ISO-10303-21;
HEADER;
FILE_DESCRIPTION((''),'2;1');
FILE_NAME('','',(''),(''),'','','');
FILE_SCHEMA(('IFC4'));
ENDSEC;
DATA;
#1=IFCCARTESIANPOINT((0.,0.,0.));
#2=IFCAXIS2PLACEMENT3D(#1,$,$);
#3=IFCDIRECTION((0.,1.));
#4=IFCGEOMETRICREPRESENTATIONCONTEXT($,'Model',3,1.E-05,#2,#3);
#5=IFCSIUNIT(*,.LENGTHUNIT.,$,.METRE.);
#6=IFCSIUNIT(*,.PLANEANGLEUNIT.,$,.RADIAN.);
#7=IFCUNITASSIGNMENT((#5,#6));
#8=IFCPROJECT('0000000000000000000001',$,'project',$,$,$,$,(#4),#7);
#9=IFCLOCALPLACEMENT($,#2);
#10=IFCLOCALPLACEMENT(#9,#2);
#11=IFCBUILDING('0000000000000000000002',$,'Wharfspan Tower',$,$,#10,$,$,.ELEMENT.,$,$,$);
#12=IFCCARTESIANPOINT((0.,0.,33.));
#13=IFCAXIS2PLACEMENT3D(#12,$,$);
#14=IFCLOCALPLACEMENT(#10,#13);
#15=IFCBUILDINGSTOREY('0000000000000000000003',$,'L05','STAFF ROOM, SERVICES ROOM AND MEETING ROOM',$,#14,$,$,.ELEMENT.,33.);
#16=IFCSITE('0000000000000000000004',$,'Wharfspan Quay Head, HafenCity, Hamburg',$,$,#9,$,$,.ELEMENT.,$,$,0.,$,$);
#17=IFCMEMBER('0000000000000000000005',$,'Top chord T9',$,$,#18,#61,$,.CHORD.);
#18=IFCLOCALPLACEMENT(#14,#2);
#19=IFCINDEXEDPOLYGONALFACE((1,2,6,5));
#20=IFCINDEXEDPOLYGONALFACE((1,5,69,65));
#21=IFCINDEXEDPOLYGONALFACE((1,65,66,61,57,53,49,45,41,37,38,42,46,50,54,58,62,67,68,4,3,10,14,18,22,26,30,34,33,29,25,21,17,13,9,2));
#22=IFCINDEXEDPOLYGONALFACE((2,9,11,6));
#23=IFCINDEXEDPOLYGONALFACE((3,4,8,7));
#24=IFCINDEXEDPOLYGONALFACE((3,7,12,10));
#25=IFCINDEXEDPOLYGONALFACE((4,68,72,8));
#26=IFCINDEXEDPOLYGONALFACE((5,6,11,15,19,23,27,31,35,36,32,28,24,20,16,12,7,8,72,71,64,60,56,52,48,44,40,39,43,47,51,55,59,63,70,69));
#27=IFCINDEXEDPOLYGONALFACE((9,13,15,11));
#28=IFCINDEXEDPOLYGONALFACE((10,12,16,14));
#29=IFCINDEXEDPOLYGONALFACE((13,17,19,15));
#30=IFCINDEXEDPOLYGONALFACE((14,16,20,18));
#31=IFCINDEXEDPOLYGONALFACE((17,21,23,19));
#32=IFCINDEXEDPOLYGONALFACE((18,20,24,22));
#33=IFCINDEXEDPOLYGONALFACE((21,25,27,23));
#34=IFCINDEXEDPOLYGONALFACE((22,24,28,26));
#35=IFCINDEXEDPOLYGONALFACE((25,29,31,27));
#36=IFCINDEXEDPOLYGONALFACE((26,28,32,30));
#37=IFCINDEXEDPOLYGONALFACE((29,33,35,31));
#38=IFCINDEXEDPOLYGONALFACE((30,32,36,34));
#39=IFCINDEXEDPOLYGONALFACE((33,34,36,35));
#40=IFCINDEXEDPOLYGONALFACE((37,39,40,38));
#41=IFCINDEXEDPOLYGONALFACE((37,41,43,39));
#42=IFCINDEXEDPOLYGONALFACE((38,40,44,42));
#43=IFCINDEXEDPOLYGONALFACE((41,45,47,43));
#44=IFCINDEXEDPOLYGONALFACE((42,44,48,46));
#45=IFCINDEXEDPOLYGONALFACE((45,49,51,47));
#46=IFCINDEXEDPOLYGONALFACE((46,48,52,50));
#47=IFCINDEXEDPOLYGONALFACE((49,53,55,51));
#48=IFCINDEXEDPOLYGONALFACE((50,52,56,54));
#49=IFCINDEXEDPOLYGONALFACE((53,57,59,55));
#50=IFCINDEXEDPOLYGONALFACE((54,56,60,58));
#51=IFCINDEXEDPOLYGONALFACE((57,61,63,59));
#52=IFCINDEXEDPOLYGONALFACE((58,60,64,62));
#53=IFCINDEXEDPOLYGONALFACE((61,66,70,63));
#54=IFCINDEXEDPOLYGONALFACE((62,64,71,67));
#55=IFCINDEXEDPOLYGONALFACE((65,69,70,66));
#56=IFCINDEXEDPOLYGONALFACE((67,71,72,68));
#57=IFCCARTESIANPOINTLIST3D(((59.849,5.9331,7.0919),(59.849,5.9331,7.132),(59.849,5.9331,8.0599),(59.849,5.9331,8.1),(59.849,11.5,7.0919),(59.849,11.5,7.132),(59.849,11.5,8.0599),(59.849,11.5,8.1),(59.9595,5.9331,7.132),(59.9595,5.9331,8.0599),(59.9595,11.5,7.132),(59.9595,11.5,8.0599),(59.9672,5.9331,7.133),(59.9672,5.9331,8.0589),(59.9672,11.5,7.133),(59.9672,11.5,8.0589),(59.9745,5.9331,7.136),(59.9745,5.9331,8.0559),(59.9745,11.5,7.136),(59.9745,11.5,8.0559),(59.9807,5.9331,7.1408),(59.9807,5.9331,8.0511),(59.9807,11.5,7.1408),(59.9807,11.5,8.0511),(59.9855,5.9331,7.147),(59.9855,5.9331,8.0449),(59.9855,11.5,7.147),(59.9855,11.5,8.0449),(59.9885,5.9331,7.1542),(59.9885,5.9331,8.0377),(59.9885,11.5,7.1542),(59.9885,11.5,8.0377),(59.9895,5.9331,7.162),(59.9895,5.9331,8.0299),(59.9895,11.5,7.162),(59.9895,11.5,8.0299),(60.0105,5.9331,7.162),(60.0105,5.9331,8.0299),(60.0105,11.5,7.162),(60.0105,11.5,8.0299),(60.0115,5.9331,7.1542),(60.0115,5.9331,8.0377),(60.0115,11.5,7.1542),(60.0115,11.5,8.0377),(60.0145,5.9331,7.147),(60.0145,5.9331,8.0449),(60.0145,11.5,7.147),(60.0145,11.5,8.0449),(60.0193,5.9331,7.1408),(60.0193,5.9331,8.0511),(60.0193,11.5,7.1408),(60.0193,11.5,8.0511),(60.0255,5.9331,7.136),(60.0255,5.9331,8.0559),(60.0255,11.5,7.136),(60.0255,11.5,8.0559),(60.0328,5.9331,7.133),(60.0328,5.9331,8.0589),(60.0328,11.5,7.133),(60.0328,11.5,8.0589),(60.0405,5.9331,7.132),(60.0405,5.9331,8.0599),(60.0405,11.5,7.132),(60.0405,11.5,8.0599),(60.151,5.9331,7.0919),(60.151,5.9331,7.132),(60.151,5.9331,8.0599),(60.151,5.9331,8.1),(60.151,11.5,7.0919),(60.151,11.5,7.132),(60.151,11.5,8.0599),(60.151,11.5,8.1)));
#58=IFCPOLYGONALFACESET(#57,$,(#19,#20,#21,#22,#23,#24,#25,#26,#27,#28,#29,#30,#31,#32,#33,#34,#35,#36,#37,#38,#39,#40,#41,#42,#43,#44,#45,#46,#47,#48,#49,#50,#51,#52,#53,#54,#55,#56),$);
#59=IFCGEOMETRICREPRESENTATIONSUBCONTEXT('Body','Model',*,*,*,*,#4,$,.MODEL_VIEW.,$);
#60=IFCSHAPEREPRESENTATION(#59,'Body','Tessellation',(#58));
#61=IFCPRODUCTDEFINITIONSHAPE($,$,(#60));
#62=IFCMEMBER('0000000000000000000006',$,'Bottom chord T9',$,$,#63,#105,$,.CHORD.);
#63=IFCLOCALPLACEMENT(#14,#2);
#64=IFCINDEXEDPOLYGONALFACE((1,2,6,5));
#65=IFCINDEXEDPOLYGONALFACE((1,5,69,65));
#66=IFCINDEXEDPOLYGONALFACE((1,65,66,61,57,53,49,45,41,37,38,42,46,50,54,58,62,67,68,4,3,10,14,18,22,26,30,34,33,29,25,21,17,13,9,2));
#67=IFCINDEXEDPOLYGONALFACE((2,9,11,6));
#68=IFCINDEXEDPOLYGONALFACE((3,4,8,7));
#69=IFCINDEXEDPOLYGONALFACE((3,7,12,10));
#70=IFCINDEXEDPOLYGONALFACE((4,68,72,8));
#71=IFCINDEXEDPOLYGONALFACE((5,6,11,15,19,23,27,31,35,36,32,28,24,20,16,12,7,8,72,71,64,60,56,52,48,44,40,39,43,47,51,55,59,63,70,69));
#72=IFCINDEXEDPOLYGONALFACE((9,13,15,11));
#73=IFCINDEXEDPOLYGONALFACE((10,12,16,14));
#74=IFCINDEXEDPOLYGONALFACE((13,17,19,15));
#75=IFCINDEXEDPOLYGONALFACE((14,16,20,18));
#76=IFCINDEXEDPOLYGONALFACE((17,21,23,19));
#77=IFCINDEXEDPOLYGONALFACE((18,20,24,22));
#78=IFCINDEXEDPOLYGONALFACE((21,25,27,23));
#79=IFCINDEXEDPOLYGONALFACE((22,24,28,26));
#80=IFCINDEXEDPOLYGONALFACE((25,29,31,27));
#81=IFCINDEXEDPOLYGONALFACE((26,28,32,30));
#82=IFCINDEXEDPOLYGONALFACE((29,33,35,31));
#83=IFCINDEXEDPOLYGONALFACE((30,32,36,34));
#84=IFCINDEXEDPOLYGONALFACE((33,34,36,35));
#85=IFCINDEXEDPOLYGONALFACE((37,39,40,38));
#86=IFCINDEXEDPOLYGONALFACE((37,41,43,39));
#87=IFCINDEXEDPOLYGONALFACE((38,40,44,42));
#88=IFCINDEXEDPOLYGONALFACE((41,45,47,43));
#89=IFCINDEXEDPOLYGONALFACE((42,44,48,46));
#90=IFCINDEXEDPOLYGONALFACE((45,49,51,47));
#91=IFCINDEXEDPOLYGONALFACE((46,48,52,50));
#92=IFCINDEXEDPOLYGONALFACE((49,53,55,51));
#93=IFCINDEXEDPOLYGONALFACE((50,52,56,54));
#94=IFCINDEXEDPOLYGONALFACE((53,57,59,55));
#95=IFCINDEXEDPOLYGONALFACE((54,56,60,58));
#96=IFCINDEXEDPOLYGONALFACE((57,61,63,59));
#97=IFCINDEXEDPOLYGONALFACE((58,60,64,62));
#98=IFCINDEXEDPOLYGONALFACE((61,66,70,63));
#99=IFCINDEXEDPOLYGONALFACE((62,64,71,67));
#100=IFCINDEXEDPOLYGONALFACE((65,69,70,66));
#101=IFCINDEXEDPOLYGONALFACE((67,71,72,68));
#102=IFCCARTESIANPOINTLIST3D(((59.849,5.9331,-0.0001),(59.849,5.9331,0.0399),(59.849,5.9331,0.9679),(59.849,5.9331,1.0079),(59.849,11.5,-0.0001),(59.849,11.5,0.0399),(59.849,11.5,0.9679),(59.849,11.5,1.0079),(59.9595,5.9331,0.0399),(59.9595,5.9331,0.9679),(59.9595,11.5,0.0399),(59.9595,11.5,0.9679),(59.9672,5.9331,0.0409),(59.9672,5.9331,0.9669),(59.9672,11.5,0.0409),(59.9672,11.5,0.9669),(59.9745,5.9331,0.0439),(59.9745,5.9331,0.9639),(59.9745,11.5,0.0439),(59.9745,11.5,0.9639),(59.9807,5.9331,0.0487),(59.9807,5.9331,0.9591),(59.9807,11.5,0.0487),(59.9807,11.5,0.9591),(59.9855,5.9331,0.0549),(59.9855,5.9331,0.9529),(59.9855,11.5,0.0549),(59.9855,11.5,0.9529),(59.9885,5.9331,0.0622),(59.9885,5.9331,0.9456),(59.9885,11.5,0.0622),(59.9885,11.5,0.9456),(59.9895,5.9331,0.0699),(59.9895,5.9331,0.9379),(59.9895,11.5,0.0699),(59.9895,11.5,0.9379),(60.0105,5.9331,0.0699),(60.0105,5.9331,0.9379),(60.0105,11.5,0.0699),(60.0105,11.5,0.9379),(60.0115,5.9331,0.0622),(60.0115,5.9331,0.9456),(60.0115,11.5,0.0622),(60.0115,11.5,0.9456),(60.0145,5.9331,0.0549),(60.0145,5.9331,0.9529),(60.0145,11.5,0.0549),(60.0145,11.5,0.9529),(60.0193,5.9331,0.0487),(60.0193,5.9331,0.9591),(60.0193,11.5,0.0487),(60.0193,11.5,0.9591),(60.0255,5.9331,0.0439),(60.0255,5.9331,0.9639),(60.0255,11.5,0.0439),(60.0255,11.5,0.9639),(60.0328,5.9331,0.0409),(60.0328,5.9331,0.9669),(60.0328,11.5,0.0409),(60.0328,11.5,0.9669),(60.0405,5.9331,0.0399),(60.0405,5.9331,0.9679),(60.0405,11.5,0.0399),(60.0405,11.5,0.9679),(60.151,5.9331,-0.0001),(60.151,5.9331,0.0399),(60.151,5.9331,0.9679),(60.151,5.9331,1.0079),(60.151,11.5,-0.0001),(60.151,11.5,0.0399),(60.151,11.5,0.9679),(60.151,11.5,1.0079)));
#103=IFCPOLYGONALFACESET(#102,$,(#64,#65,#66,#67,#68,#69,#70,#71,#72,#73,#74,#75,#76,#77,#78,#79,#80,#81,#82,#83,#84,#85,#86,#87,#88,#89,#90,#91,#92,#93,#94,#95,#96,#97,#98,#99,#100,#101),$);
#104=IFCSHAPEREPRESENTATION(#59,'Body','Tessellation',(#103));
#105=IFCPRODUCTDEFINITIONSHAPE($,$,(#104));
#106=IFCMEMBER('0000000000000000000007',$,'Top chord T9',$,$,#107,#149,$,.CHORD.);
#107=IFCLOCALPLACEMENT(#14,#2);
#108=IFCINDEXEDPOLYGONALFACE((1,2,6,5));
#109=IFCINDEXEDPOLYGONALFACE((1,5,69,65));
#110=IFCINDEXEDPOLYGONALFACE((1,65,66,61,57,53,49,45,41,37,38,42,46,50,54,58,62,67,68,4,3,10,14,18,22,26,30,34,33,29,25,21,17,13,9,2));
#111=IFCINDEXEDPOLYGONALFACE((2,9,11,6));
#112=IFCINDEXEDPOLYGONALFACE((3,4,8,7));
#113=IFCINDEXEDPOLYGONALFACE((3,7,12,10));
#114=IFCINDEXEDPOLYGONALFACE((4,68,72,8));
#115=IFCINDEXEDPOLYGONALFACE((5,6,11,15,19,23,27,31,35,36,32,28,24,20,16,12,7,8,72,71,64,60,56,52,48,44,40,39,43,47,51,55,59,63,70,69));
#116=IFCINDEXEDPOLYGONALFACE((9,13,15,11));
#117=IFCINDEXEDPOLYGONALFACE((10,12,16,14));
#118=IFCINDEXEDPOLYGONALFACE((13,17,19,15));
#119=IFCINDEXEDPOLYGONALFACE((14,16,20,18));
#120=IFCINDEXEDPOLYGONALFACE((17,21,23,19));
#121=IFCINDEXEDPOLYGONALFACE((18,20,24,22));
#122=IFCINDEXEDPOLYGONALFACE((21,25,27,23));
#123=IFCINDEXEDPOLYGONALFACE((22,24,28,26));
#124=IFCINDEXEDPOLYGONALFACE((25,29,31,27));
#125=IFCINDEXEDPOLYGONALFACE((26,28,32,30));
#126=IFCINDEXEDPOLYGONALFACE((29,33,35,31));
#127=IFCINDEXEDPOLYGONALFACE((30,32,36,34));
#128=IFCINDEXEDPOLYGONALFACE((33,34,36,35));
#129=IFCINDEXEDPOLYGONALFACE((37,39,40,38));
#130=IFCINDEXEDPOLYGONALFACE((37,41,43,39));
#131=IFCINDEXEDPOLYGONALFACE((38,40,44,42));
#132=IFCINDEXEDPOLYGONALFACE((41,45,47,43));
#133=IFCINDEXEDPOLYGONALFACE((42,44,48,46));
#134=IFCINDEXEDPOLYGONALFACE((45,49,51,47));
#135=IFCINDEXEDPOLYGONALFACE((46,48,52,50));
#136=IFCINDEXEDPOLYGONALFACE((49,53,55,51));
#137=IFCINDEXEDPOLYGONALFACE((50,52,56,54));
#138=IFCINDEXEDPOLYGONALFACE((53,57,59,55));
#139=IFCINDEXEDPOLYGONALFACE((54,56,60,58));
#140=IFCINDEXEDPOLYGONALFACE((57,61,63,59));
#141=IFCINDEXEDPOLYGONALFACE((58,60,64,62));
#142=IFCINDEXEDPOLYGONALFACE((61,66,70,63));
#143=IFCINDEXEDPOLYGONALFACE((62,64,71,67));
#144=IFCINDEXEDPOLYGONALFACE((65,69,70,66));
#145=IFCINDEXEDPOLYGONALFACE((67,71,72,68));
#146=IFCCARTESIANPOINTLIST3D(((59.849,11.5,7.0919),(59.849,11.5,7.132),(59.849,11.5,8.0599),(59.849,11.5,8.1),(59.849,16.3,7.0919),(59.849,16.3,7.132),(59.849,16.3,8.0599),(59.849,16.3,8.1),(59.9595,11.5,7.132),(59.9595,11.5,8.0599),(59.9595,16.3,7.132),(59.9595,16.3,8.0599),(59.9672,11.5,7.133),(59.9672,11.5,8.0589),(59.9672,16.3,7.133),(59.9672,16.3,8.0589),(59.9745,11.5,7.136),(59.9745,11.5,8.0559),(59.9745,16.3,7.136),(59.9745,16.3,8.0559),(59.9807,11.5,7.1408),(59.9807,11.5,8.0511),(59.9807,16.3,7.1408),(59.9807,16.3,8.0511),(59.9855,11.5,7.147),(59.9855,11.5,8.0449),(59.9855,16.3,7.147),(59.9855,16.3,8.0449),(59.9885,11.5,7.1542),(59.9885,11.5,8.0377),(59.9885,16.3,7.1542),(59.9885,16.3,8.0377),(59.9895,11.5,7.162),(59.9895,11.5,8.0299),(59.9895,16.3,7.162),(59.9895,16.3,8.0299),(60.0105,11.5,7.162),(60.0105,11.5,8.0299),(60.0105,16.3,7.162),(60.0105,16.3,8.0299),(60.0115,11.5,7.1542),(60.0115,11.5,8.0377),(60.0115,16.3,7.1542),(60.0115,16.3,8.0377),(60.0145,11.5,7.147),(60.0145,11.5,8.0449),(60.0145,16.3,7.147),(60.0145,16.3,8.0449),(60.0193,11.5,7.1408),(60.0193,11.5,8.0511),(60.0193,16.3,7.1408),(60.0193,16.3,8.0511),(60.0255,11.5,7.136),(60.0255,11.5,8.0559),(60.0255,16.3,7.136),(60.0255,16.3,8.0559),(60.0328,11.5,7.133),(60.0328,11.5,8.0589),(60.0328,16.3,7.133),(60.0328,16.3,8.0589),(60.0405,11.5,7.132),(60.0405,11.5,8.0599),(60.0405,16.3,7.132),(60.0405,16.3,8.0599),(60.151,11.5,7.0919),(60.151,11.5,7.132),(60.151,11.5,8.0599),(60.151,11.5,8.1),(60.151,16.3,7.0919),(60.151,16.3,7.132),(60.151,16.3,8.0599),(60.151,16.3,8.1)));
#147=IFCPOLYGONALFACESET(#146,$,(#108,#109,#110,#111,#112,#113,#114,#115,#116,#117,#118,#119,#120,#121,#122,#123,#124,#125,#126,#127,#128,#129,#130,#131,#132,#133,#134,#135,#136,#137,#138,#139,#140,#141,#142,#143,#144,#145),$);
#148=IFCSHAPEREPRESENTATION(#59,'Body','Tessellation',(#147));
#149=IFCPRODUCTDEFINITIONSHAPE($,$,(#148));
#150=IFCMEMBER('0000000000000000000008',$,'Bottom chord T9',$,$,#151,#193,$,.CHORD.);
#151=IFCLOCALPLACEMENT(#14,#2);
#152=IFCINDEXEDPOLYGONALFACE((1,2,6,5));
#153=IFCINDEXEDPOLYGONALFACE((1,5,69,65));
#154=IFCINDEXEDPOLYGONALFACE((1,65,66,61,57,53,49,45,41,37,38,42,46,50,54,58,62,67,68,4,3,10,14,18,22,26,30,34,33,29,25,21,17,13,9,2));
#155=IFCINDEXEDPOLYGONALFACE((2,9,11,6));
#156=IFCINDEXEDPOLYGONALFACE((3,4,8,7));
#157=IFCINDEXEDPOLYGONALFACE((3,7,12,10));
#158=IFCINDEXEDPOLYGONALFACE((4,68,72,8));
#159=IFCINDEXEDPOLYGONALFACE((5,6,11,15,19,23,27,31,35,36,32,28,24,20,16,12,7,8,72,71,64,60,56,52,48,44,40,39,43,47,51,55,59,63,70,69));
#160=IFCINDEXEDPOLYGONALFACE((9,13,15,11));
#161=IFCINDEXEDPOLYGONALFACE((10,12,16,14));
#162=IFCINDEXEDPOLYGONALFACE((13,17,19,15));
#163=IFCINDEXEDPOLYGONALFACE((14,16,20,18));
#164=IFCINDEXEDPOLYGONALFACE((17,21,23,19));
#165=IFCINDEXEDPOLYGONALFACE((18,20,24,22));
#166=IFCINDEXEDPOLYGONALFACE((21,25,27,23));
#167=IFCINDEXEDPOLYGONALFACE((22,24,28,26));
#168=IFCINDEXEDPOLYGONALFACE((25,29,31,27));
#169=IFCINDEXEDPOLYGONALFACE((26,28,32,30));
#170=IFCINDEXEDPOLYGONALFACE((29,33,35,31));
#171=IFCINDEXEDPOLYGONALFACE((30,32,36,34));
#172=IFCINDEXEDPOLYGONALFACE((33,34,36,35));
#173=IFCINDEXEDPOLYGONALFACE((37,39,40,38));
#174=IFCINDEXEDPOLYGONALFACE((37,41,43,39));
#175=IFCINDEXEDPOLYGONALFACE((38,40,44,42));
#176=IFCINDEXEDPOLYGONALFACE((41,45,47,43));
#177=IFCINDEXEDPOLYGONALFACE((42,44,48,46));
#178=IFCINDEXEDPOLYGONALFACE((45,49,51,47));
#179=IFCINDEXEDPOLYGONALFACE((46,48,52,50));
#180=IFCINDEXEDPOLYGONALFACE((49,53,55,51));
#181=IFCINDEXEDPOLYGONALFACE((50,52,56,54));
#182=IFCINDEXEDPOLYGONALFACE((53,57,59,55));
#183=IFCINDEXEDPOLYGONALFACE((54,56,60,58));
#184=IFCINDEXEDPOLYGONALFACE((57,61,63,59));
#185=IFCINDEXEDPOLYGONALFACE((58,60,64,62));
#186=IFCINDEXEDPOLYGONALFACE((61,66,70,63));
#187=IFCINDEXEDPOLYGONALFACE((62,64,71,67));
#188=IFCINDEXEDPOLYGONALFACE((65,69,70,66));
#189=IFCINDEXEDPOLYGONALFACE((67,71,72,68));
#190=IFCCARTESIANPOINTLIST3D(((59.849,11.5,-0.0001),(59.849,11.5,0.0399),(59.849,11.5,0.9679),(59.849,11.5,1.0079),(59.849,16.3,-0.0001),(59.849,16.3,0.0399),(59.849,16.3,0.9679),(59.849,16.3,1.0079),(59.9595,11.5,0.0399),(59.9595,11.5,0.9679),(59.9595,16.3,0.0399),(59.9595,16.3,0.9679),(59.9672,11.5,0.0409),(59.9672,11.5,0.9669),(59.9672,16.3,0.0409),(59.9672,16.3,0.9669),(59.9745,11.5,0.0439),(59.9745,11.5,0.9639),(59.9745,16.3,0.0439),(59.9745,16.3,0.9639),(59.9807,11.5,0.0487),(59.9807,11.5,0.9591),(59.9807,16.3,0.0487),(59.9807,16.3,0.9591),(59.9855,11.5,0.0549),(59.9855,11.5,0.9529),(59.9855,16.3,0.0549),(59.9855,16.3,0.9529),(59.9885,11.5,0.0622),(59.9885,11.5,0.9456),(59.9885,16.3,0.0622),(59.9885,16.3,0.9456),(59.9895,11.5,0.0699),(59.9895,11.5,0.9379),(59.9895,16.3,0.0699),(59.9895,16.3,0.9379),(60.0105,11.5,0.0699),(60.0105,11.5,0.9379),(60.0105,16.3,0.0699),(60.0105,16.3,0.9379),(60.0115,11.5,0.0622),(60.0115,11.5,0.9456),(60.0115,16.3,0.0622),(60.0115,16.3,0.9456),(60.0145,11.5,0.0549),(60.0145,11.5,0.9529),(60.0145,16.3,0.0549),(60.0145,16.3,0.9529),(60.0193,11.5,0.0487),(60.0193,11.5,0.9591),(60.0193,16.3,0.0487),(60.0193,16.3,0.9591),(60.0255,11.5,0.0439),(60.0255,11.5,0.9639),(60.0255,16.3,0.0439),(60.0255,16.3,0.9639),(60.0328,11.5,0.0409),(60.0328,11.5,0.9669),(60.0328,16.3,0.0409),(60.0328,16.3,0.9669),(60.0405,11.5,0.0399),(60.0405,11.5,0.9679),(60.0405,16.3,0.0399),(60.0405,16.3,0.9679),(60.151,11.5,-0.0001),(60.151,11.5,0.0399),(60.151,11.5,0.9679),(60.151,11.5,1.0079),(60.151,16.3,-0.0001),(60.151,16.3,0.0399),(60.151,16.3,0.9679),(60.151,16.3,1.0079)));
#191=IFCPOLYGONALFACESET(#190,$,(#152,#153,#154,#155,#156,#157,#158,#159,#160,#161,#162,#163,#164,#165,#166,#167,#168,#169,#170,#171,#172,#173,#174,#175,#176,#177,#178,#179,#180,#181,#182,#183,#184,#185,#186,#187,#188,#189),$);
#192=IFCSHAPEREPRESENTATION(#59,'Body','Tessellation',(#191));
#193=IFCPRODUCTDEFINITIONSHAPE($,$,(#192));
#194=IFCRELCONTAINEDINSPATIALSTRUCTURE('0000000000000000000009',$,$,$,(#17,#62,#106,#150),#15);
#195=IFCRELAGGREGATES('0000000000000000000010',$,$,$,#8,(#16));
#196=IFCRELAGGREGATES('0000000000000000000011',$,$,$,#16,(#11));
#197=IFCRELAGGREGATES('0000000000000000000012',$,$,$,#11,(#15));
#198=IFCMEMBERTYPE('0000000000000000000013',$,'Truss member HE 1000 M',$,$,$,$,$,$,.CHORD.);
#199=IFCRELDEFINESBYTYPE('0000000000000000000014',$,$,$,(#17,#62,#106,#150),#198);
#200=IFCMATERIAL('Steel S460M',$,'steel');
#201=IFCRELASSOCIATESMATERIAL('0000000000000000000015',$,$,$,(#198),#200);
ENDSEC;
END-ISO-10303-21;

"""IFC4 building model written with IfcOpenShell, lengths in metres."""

from ifc_helpers import new_model, si_unit, direction, frame, origin, origin_2d, place, context, subcontext, project, spatial, i_section, extrude, material, material_profile, profile_set, type_object, element, save


model = new_model("IFC4")

# Units and contexts
model_context = context("Model", 3, precision=1e-05, world=origin(), true_north=direction((0.0, 1.0)))
body_context = subcontext(model_context, "Body", "Model", "MODEL_VIEW")
ifc_project = project(units=[si_unit("LENGTHUNIT", "METRE"), si_unit("PLANEANGLEUNIT", "RADIAN")], contexts=[model_context])

# Site, building, storey
site_placement = place(None, origin())
site = spatial("IfcSite", under=ifc_project, at=site_placement, Name="Wharfspan Quay Head, HafenCity, Hamburg", CompositionType="ELEMENT", RefElevation=0.0)
building_placement = place(site_placement, origin())
building = spatial("IfcBuilding", under=site, at=building_placement, Name="Wharfspan Tower", CompositionType="ELEMENT")
storey_placement = place(building_placement, frame((0.0, 0.0, 33.0)))
storey = spatial("IfcBuildingStorey", under=building, at=storey_placement, Name="L05", Description="STAFF ROOM, SERVICES ROOM AND MEETING ROOM", CompositionType="ELEMENT", Elevation=33.0)

# Members
ifc_material_1 = material(Name="Steel S460M", Category="steel")
ifc_material_profile_1 = material_profile(ifc_material_1, i_section(OverallWidth=0.302, OverallDepth=1.0081, WebThickness=0.021, FlangeThickness=0.04, FilletRadius=0.03, at=origin_2d()))
ifc_profile_set_1 = profile_set([ifc_material_profile_1], Name="Steel S460M")
member_type_1 = type_object("IfcMemberType", Name="Truss member HE 1000 M", PredefinedType="CHORD", material=ifc_profile_set_1)
for number, where, z_axis, x_axis, name in (
    (1, (60.0, 5.9331, 7.5959), (0.0, 1.0, 0.0), (-1.0, 0.0, 0.0), "Top chord T9"),
    (2, (60.0, 5.9331, 0.5039), (0.0, 1.0, 0.0), (-1.0, 0.0, 0.0), "Bottom chord T9"),
):
    element("IfcMember", number, at=place(storey_placement, frame(where, z_axis=z_axis, x_axis=x_axis)), inside=storey, type_object=member_type_1, Name=name, PredefinedType="CHORD", context=body_context, shape_type="SweptSolid", body=[
        extrude(i_section(OverallWidth=0.302, OverallDepth=1.0081, WebThickness=0.021, FlangeThickness=0.04, FilletRadius=0.03, at=origin_2d()), origin(), (0.0, 0.0, 1.0), 5.5669),
    ])
for number, where, z_axis, x_axis, name in (
    (3, (60.0, 11.5, 7.5959), (0.0, 1.0, 0.0), (-1.0, 0.0, 0.0), "Top chord T9"),
    (4, (60.0, 11.5, 0.5039), (0.0, 1.0, 0.0), (-1.0, 0.0, 0.0), "Bottom chord T9"),
):
    element("IfcMember", number, at=place(storey_placement, frame(where, z_axis=z_axis, x_axis=x_axis)), inside=storey, type_object=member_type_1, Name=name, PredefinedType="CHORD", context=body_context, shape_type="SweptSolid", body=[
        extrude(i_section(OverallWidth=0.302, OverallDepth=1.0081, WebThickness=0.021, FlangeThickness=0.04, FilletRadius=0.03, at=origin_2d()), origin(), (0.0, 0.0, 1.0), 4.8),
    ])

save(model, "model.ifc")
